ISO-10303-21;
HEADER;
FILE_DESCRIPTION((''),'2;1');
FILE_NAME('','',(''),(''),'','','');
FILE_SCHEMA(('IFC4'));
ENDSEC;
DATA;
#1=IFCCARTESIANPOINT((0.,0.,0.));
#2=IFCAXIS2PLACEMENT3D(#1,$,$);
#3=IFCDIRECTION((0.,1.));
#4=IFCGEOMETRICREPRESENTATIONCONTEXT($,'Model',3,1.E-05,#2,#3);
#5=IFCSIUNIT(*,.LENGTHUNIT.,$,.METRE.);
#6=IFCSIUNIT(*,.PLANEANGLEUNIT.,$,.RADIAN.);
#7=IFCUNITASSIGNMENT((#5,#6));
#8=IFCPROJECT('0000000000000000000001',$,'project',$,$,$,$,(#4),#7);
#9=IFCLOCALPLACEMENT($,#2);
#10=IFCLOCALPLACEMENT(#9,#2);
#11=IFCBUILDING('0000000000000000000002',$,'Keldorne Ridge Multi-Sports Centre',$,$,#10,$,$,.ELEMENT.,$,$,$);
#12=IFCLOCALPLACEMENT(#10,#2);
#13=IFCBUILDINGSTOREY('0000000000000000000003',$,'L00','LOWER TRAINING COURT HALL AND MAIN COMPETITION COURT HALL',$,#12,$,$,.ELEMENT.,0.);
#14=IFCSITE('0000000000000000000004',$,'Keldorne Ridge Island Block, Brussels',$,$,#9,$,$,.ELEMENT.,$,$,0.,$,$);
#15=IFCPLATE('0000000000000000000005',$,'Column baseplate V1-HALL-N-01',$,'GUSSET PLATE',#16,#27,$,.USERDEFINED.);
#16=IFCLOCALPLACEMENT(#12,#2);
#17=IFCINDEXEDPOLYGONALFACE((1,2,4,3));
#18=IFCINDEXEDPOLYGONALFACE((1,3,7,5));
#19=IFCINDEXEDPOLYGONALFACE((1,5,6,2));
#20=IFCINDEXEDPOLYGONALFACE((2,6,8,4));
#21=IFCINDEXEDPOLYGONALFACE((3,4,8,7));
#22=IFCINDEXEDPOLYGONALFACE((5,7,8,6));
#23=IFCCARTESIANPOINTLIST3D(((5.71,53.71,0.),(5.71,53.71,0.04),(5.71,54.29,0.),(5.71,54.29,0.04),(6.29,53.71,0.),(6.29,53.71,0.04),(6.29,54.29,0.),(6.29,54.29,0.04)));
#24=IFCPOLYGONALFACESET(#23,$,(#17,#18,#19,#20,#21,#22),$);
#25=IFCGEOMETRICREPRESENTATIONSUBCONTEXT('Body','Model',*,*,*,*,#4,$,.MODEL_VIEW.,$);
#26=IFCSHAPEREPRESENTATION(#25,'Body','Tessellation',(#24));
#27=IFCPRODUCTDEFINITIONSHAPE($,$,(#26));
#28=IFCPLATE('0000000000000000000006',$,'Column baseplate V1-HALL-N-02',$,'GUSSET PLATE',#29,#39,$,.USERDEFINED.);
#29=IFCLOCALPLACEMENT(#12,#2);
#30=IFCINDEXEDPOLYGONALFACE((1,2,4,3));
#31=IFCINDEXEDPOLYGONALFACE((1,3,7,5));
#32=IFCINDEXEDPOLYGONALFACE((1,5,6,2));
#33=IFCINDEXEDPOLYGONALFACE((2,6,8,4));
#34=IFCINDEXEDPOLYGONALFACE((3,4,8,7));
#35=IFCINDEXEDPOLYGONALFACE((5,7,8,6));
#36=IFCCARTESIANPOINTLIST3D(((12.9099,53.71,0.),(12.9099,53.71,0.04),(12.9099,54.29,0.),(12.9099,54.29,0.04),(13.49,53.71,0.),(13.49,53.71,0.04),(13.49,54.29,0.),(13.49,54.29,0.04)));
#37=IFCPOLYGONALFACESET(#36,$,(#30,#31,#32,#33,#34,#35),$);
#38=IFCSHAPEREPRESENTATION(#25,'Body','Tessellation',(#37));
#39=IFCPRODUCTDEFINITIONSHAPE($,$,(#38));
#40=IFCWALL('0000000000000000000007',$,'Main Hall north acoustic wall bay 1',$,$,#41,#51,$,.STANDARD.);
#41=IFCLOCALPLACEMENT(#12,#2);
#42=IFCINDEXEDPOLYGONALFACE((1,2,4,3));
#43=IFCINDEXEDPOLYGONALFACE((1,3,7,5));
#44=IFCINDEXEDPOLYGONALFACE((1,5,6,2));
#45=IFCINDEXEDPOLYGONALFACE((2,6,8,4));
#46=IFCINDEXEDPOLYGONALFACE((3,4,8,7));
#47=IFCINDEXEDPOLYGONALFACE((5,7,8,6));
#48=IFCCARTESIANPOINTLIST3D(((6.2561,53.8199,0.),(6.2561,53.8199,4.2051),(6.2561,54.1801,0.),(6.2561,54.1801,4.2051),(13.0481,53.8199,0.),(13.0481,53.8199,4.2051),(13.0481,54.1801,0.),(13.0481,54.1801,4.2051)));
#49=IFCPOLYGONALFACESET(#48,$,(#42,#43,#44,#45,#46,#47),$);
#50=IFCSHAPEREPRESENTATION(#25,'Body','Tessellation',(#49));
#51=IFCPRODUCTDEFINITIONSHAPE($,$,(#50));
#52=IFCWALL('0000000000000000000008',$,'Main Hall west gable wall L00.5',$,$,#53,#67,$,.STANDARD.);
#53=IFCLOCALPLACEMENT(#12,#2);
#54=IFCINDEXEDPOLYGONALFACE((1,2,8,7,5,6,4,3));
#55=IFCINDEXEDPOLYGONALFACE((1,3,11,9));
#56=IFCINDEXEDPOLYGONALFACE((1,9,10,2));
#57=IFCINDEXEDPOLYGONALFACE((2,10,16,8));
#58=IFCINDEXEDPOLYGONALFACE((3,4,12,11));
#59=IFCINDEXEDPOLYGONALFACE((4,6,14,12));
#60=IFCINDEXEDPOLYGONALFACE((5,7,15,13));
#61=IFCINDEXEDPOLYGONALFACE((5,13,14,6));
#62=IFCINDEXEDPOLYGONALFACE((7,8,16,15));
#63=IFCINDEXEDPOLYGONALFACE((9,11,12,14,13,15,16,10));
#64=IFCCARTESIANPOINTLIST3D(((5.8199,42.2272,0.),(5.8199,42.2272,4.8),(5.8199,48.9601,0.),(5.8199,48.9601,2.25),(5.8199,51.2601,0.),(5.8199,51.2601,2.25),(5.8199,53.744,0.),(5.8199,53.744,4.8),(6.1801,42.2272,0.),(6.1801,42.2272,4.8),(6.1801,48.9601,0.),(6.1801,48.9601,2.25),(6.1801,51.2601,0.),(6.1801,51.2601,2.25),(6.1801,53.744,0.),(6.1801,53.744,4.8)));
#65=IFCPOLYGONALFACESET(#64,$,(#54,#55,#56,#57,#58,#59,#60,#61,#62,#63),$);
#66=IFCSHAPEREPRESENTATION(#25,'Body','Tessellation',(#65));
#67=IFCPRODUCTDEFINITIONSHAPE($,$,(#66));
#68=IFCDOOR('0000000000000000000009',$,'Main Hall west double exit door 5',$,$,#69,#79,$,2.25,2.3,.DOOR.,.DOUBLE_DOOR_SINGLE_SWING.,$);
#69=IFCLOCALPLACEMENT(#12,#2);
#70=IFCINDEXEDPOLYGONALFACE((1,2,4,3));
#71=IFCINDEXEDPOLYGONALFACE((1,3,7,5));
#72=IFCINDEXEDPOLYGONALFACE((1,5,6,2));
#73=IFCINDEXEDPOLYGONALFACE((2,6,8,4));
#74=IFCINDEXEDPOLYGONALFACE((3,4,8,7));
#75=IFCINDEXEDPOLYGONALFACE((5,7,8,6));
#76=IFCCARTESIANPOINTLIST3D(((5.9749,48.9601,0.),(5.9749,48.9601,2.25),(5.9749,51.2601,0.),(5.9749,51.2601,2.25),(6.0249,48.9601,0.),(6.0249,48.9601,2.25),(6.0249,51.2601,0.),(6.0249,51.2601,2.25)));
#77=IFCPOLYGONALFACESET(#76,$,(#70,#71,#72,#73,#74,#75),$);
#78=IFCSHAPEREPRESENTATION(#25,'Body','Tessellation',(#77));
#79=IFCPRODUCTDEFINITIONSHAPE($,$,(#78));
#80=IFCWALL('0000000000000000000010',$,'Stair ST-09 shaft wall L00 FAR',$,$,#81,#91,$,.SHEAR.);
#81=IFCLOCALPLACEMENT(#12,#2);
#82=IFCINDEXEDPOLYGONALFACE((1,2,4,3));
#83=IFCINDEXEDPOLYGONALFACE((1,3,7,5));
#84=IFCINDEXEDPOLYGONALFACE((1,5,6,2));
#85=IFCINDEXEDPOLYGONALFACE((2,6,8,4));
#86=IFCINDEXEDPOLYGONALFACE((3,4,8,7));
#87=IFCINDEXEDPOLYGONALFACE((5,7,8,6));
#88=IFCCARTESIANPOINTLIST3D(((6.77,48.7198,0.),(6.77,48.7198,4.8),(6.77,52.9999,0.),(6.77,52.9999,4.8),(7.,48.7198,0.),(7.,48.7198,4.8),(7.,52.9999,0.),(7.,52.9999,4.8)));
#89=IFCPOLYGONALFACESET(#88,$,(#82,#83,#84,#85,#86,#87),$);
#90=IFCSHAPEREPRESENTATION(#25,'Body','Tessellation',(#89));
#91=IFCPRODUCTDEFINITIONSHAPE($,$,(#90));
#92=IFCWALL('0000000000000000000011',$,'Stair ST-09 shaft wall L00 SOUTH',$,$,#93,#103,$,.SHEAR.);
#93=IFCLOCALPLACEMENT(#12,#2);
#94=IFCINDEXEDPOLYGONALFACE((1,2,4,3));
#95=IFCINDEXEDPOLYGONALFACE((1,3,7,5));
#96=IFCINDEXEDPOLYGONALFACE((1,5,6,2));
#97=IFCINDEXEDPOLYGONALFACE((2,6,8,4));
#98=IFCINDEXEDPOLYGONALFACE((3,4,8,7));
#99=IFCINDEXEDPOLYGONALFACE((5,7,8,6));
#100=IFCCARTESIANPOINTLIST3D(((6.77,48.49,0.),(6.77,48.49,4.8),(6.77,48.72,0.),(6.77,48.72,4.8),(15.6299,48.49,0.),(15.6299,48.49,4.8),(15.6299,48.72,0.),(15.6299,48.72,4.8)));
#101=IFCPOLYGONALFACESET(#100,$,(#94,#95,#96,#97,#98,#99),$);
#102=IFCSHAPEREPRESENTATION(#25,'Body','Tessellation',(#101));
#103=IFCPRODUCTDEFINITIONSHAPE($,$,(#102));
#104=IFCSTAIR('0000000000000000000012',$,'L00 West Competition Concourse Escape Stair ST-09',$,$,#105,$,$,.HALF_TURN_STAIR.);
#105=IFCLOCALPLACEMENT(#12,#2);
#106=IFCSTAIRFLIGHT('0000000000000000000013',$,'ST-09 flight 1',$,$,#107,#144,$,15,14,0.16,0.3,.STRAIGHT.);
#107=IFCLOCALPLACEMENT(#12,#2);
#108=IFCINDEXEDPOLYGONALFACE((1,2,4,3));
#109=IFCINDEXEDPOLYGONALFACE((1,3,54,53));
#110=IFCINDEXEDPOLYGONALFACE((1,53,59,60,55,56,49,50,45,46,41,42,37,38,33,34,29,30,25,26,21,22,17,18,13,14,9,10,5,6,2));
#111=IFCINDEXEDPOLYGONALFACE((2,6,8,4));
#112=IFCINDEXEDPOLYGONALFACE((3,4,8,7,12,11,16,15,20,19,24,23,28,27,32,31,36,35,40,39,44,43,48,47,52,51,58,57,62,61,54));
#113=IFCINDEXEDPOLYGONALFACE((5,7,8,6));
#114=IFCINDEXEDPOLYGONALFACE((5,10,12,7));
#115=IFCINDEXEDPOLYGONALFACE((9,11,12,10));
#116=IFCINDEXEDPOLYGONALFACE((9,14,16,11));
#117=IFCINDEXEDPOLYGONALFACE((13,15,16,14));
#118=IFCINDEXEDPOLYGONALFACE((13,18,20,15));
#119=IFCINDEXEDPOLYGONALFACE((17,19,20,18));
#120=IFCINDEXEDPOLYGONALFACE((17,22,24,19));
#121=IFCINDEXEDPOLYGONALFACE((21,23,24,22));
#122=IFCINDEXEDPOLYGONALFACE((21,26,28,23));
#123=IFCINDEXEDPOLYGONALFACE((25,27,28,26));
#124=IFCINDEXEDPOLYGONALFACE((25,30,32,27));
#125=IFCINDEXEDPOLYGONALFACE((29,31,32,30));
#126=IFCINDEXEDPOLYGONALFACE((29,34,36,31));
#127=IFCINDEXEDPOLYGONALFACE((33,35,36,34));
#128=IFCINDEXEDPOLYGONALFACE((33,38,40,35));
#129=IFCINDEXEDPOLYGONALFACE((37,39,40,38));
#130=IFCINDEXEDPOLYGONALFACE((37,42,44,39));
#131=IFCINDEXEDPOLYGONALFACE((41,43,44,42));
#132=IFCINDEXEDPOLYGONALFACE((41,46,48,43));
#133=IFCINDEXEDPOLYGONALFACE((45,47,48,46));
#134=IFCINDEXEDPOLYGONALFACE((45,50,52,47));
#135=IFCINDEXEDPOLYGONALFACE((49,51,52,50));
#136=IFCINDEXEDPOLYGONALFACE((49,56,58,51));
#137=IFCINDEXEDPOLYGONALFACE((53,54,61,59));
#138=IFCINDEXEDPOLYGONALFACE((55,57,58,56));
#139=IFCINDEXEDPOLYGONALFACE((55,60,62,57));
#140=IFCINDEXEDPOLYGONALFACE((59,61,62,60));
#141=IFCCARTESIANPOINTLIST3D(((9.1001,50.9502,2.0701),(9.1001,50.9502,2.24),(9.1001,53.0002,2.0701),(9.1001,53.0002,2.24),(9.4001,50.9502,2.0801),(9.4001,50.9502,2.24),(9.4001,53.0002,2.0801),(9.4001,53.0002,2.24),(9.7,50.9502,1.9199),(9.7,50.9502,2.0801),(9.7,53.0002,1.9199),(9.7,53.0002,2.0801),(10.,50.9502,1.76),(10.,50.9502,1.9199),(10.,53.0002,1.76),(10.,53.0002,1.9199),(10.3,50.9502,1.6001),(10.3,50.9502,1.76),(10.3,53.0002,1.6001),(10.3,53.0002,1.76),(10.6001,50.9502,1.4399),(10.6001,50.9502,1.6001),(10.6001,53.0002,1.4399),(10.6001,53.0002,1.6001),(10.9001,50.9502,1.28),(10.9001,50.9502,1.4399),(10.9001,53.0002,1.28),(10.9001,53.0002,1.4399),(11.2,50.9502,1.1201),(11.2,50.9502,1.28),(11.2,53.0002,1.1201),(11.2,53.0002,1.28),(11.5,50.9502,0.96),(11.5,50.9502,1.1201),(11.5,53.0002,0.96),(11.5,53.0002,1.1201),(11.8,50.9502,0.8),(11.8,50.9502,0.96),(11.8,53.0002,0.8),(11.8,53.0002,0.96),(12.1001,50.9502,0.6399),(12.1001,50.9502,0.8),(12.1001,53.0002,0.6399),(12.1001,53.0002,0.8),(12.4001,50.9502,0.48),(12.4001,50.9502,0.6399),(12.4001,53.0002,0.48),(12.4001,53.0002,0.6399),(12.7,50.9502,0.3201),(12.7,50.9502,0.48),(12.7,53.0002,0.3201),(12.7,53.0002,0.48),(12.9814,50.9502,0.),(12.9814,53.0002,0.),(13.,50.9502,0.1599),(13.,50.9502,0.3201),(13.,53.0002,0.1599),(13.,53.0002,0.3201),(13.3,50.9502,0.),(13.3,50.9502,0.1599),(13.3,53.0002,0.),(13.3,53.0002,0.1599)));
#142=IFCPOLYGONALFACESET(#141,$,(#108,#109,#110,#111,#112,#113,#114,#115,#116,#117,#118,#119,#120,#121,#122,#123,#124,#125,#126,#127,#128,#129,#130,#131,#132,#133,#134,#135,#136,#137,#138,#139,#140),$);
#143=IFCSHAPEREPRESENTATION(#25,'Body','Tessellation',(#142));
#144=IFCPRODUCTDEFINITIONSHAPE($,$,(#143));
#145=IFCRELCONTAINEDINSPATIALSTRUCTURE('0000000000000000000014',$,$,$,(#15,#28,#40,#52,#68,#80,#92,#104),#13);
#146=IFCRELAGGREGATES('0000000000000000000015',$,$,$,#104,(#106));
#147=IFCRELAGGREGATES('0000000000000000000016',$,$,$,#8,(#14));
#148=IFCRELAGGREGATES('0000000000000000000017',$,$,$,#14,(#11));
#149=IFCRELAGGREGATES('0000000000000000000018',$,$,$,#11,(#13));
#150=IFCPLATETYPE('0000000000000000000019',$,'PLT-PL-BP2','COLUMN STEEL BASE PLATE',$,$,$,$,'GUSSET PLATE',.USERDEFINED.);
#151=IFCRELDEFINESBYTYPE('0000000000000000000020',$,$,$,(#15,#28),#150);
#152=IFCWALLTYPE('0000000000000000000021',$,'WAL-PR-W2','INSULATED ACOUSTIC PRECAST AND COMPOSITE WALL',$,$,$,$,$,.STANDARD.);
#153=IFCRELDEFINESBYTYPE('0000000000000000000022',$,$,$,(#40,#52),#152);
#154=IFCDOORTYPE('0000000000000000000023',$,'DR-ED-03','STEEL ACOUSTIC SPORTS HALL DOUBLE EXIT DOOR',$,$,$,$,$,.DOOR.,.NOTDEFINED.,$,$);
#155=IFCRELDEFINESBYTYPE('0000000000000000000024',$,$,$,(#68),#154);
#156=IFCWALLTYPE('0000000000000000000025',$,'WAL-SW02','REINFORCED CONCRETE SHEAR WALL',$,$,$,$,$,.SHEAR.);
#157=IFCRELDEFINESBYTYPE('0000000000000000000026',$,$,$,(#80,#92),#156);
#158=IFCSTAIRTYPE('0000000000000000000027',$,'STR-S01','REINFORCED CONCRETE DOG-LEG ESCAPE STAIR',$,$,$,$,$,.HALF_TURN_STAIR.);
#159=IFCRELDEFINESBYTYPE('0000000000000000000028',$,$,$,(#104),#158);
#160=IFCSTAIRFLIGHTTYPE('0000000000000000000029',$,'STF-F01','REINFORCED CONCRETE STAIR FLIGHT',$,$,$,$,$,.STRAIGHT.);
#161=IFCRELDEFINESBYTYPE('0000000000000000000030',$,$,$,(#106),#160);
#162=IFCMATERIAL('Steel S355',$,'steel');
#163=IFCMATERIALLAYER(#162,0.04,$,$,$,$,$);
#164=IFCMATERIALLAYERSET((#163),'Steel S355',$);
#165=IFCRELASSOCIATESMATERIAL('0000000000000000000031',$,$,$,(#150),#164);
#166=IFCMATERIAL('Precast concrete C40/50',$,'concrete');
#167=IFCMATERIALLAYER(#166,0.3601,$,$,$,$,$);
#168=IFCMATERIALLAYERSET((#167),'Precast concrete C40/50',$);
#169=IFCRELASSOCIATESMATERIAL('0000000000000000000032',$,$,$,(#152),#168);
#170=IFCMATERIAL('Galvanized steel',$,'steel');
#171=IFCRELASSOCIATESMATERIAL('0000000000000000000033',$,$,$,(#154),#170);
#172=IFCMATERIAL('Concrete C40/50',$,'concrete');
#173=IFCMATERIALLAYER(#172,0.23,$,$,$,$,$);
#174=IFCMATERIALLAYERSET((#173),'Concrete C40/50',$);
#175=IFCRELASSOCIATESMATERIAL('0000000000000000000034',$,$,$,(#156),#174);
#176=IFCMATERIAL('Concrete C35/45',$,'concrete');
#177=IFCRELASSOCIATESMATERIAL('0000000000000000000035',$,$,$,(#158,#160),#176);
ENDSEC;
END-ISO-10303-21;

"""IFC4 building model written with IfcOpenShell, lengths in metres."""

from ifc_helpers import new_model, si_unit, direction, frame, frame_2d, origin, origin_2d, place, context, subcontext, project, spatial, polyline, rectangle, outline, extrude, material, layer, layer_set, type_object, element, fill, aggregate, save


model = new_model("IFC4")

# Units and contexts
model_context = context("Model", 3, precision=1e-05, world=origin(), true_north=direction((0.0, 1.0)))
body_context = subcontext(model_context, "Body", "Model", "MODEL_VIEW")
ifc_project = project(units=[si_unit("LENGTHUNIT", "METRE"), si_unit("PLANEANGLEUNIT", "RADIAN")], contexts=[model_context])

# Site, building, storey
site_placement = place(None, origin())
site = spatial("IfcSite", under=ifc_project, at=site_placement, Name="Keldorne Ridge Island Block, Brussels", CompositionType="ELEMENT", RefElevation=0.0)
building_placement = place(site_placement, origin())
building = spatial("IfcBuilding", under=site, at=building_placement, Name="Keldorne Ridge Multi-Sports Centre", CompositionType="ELEMENT")
storey_placement = place(building_placement, origin())
storey = spatial("IfcBuildingStorey", under=building, at=storey_placement, Name="L00", Description="LOWER TRAINING COURT HALL AND MAIN COMPETITION COURT HALL", CompositionType="ELEMENT", Elevation=0.0)

# Shared definitions
ifc_material_1 = material(Name="Concrete C35/45", Category="concrete")

# Shared definitions
ifc_material_2 = material(Name="Steel S355", Category="steel")

# Plates
ifc_layer_1 = layer(ifc_material_2, 0.04)
ifc_layer_set_1 = layer_set([ifc_layer_1], Name="Steel S355")
plate_type_1 = type_object("IfcPlateType", Name="PLT-PL-BP2", Description="COLUMN STEEL BASE PLATE", ElementType="GUSSET PLATE", PredefinedType="USERDEFINED", material=ifc_layer_set_1)
for number, where, z_axis, x_axis, name in (
    (1, (6.0, 54.0, 0.0), (0.0, 0.0, 1.0), (1.0, 0.0, 0.0), "Column baseplate V1-HALL-N-01"),
    (2, (13.2, 54.0, 0.0), (0.0, 0.0, 1.0), (1.0, 0.0, 0.0), "Column baseplate V1-HALL-N-02"),
):
    element("IfcPlate", number, at=place(storey_placement, frame(where, z_axis=z_axis, x_axis=x_axis)), inside=storey, type_object=plate_type_1, Name=name, ObjectType="GUSSET PLATE", PredefinedType="USERDEFINED", context=body_context, shape_type="SweptSolid", body=[
        extrude(rectangle(XDim=0.5801, YDim=0.5801, at=origin_2d()), origin(), (0.0, 0.0, 1.0), 0.04),
    ])

# Wall
ifc_material_3 = material(Name="Precast concrete C40/50", Category="concrete")
ifc_layer_2 = layer(ifc_material_3, 0.3601)
ifc_layer_set_2 = layer_set([ifc_layer_2], Name="Precast concrete C40/50")
wall_type_1 = type_object("IfcWallType", Name="WAL-PR-W2", Description="INSULATED ACOUSTIC PRECAST AND COMPOSITE WALL", PredefinedType="STANDARD", material=ifc_layer_set_2)
wall_1_placement = place(storey_placement, frame((13.0481, 54.0, 0.0), z_axis=(0.0, 0.0, 1.0), x_axis=(-1.0, 0.0, 0.0)))
element("IfcWall", 3, at=wall_1_placement, inside=storey, type_object=wall_type_1, Name="Main Hall north acoustic wall bay 1", PredefinedType="STANDARD", context=body_context, shape_type="SweptSolid", body=[
    extrude(rectangle(XDim=6.792, YDim=0.3601, at=frame_2d((3.396, 0.0))), origin(), (0.0, 0.0, 1.0), 4.2051),
])

# Wall, opening, door
wall_2_placement = place(storey_placement, frame((6.0, 53.7439, 0.0), z_axis=(0.0, 0.0, 1.0), x_axis=(0.0, -1.0, 0.0)))
wall_2 = element("IfcWall", 4, at=wall_2_placement, inside=storey, type_object=wall_type_1, Name="Main Hall west gable wall L00.5", PredefinedType="STANDARD", context=body_context, shape_type="SweptSolid", body=[
    extrude(rectangle(XDim=11.5168, YDim=0.3601, at=frame_2d((5.7583, 0.0))), origin(), (0.0, 0.0, 1.0), 4.8),
])
opening_placement = place(wall_2_placement, frame((2.4839, 0.0, 0.0)))
opening = element("IfcOpeningElement", 5, at=opening_placement, cuts=wall_2, PredefinedType="OPENING", context=body_context, shape_type="SweptSolid", body=[
    extrude(rectangle(XDim=2.3, YDim=2.25, at=frame_2d((1.1499, 1.125))), frame((0.0, 0.1899, 0.0), z_axis=(0.0, -1.0, 0.0), x_axis=(1.0, 0.0, 0.0)), (0.0, 0.0, 1.0), 0.3801),
])
ifc_material_4 = material(Name="Galvanized steel", Category="steel")
door_type = type_object("IfcDoorType", Name="DR-ED-03", Description="STEEL ACOUSTIC SPORTS HALL DOUBLE EXIT DOOR", OperationType="NOTDEFINED", PredefinedType="DOOR", material=ifc_material_4)
door_placement = place(opening_placement, origin())
door = element("IfcDoor", 6, at=door_placement, inside=storey, type_object=door_type, Name="Main Hall west double exit door 5", OperationType="DOUBLE_DOOR_SINGLE_SWING", OverallHeight=2.25, OverallWidth=2.3, PredefinedType="DOOR", context=body_context, shape_type="SweptSolid", body=[
    extrude(rectangle(XDim=2.3, YDim=2.25, at=frame_2d((1.1499, 1.125))), frame((0.0, 0.0249, 0.0), z_axis=(0.0, -1.0, 0.0), x_axis=(1.0, 0.0, 0.0)), (0.0, 0.0, 1.0), 0.05),
])
fill(opening, door)

# Walls
ifc_material_5 = material(Name="Concrete C40/50", Category="concrete")
ifc_layer_3 = layer(ifc_material_5, 0.23)
ifc_layer_set_3 = layer_set([ifc_layer_3], Name="Concrete C40/50")
wall_type_2 = type_object("IfcWallType", Name="WAL-SW02", Description="REINFORCED CONCRETE SHEAR WALL", PredefinedType="SHEAR", material=ifc_layer_set_3)
wall_3_placement = place(storey_placement, frame((6.885, 53.0, 0.0), z_axis=(0.0, 0.0, 1.0), x_axis=(0.0, -1.0, 0.0)))
element("IfcWall", 7, at=wall_3_placement, inside=storey, type_object=wall_type_2, Name="Stair ST-09 shaft wall L00 FAR", PredefinedType="SHEAR", context=body_context, shape_type="SweptSolid", body=[
    extrude(rectangle(XDim=4.28, YDim=0.23, at=frame_2d((2.1401, 0.0))), origin(), (0.0, 0.0, 1.0), 4.8),
])
wall_4_placement = place(storey_placement, frame((6.77, 48.605, 0.0), z_axis=(0.0, 0.0, 1.0), x_axis=(1.0, 0.0, 0.0)))
element("IfcWall", 8, at=wall_4_placement, inside=storey, type_object=wall_type_2, Name="Stair ST-09 shaft wall L00 SOUTH", PredefinedType="SHEAR", context=body_context, shape_type="SweptSolid", body=[
    extrude(rectangle(XDim=8.8599, YDim=0.23, at=frame_2d((4.4299, 0.0))), origin(), (0.0, 0.0, 1.0), 4.8),
])

# Stair, stair flight
stair_type = type_object("IfcStairType", Name="STR-S01", Description="REINFORCED CONCRETE DOG-LEG ESCAPE STAIR", PredefinedType="HALF_TURN_STAIR", material=ifc_material_1)
stair_placement = place(storey_placement, origin())
stair = element("IfcStair", 9, at=stair_placement, inside=storey, type_object=stair_type, Name="L00 West Competition Concourse Escape Stair ST-09", PredefinedType="HALF_TURN_STAIR")
stair_flight_type = type_object("IfcStairFlightType", Name="STF-F01", Description="REINFORCED CONCRETE STAIR FLIGHT", PredefinedType="STRAIGHT", material=ifc_material_1)
stair_flight_1_placement = place(storey_placement, frame((13.3, 51.9751, 0.0), z_axis=(0.0, 0.0, 1.0), x_axis=(-1.0, 0.0, 0.0)))
stair_flight_1 = element("IfcStairFlight", 10, at=stair_flight_1_placement, type_object=stair_flight_type, Name="ST-09 flight 1", NumberOfRisers=15, NumberOfTreads=14, PredefinedType="STRAIGHT", RiserHeight=0.16, TreadLength=0.3, context=body_context, shape_type="SweptSolid", body=[
    extrude(outline(polyline([(0.0, 0.0), (0.0, 0.1599), (0.3, 0.1599), (0.3, 0.3201), (0.6001, 0.3201), (0.6001, 0.48), (0.8999, 0.48), (0.8999, 0.6399), (1.2, 0.6399), (1.2, 0.8), (1.5, 0.8), (1.5, 0.96), (1.8, 0.96), (1.8, 1.1201), (2.1001, 1.1201), (2.1001, 1.28), (2.3999, 1.28), (2.3999, 1.4399), (2.7, 1.4399), (2.7, 1.6001), (3.0, 1.6001), (3.0, 1.76), (3.3, 1.76), (3.3, 1.9199), (3.6001, 1.9199), (3.6001, 2.0801), (3.8999, 2.0801), (3.8999, 2.24), (4.2, 2.24), (4.2, 2.3999), (4.2, 2.0701), (0.3186, 0.0), (0.0, 0.0)])), frame((0.0, 1.0249, 0.0), z_axis=(0.0, -1.0, 0.0), x_axis=(1.0, 0.0, 0.0)), (0.0, 0.0, 1.0), 2.05),
])
aggregate(stair, [stair_flight_1])

save(model, "model.ifc")
